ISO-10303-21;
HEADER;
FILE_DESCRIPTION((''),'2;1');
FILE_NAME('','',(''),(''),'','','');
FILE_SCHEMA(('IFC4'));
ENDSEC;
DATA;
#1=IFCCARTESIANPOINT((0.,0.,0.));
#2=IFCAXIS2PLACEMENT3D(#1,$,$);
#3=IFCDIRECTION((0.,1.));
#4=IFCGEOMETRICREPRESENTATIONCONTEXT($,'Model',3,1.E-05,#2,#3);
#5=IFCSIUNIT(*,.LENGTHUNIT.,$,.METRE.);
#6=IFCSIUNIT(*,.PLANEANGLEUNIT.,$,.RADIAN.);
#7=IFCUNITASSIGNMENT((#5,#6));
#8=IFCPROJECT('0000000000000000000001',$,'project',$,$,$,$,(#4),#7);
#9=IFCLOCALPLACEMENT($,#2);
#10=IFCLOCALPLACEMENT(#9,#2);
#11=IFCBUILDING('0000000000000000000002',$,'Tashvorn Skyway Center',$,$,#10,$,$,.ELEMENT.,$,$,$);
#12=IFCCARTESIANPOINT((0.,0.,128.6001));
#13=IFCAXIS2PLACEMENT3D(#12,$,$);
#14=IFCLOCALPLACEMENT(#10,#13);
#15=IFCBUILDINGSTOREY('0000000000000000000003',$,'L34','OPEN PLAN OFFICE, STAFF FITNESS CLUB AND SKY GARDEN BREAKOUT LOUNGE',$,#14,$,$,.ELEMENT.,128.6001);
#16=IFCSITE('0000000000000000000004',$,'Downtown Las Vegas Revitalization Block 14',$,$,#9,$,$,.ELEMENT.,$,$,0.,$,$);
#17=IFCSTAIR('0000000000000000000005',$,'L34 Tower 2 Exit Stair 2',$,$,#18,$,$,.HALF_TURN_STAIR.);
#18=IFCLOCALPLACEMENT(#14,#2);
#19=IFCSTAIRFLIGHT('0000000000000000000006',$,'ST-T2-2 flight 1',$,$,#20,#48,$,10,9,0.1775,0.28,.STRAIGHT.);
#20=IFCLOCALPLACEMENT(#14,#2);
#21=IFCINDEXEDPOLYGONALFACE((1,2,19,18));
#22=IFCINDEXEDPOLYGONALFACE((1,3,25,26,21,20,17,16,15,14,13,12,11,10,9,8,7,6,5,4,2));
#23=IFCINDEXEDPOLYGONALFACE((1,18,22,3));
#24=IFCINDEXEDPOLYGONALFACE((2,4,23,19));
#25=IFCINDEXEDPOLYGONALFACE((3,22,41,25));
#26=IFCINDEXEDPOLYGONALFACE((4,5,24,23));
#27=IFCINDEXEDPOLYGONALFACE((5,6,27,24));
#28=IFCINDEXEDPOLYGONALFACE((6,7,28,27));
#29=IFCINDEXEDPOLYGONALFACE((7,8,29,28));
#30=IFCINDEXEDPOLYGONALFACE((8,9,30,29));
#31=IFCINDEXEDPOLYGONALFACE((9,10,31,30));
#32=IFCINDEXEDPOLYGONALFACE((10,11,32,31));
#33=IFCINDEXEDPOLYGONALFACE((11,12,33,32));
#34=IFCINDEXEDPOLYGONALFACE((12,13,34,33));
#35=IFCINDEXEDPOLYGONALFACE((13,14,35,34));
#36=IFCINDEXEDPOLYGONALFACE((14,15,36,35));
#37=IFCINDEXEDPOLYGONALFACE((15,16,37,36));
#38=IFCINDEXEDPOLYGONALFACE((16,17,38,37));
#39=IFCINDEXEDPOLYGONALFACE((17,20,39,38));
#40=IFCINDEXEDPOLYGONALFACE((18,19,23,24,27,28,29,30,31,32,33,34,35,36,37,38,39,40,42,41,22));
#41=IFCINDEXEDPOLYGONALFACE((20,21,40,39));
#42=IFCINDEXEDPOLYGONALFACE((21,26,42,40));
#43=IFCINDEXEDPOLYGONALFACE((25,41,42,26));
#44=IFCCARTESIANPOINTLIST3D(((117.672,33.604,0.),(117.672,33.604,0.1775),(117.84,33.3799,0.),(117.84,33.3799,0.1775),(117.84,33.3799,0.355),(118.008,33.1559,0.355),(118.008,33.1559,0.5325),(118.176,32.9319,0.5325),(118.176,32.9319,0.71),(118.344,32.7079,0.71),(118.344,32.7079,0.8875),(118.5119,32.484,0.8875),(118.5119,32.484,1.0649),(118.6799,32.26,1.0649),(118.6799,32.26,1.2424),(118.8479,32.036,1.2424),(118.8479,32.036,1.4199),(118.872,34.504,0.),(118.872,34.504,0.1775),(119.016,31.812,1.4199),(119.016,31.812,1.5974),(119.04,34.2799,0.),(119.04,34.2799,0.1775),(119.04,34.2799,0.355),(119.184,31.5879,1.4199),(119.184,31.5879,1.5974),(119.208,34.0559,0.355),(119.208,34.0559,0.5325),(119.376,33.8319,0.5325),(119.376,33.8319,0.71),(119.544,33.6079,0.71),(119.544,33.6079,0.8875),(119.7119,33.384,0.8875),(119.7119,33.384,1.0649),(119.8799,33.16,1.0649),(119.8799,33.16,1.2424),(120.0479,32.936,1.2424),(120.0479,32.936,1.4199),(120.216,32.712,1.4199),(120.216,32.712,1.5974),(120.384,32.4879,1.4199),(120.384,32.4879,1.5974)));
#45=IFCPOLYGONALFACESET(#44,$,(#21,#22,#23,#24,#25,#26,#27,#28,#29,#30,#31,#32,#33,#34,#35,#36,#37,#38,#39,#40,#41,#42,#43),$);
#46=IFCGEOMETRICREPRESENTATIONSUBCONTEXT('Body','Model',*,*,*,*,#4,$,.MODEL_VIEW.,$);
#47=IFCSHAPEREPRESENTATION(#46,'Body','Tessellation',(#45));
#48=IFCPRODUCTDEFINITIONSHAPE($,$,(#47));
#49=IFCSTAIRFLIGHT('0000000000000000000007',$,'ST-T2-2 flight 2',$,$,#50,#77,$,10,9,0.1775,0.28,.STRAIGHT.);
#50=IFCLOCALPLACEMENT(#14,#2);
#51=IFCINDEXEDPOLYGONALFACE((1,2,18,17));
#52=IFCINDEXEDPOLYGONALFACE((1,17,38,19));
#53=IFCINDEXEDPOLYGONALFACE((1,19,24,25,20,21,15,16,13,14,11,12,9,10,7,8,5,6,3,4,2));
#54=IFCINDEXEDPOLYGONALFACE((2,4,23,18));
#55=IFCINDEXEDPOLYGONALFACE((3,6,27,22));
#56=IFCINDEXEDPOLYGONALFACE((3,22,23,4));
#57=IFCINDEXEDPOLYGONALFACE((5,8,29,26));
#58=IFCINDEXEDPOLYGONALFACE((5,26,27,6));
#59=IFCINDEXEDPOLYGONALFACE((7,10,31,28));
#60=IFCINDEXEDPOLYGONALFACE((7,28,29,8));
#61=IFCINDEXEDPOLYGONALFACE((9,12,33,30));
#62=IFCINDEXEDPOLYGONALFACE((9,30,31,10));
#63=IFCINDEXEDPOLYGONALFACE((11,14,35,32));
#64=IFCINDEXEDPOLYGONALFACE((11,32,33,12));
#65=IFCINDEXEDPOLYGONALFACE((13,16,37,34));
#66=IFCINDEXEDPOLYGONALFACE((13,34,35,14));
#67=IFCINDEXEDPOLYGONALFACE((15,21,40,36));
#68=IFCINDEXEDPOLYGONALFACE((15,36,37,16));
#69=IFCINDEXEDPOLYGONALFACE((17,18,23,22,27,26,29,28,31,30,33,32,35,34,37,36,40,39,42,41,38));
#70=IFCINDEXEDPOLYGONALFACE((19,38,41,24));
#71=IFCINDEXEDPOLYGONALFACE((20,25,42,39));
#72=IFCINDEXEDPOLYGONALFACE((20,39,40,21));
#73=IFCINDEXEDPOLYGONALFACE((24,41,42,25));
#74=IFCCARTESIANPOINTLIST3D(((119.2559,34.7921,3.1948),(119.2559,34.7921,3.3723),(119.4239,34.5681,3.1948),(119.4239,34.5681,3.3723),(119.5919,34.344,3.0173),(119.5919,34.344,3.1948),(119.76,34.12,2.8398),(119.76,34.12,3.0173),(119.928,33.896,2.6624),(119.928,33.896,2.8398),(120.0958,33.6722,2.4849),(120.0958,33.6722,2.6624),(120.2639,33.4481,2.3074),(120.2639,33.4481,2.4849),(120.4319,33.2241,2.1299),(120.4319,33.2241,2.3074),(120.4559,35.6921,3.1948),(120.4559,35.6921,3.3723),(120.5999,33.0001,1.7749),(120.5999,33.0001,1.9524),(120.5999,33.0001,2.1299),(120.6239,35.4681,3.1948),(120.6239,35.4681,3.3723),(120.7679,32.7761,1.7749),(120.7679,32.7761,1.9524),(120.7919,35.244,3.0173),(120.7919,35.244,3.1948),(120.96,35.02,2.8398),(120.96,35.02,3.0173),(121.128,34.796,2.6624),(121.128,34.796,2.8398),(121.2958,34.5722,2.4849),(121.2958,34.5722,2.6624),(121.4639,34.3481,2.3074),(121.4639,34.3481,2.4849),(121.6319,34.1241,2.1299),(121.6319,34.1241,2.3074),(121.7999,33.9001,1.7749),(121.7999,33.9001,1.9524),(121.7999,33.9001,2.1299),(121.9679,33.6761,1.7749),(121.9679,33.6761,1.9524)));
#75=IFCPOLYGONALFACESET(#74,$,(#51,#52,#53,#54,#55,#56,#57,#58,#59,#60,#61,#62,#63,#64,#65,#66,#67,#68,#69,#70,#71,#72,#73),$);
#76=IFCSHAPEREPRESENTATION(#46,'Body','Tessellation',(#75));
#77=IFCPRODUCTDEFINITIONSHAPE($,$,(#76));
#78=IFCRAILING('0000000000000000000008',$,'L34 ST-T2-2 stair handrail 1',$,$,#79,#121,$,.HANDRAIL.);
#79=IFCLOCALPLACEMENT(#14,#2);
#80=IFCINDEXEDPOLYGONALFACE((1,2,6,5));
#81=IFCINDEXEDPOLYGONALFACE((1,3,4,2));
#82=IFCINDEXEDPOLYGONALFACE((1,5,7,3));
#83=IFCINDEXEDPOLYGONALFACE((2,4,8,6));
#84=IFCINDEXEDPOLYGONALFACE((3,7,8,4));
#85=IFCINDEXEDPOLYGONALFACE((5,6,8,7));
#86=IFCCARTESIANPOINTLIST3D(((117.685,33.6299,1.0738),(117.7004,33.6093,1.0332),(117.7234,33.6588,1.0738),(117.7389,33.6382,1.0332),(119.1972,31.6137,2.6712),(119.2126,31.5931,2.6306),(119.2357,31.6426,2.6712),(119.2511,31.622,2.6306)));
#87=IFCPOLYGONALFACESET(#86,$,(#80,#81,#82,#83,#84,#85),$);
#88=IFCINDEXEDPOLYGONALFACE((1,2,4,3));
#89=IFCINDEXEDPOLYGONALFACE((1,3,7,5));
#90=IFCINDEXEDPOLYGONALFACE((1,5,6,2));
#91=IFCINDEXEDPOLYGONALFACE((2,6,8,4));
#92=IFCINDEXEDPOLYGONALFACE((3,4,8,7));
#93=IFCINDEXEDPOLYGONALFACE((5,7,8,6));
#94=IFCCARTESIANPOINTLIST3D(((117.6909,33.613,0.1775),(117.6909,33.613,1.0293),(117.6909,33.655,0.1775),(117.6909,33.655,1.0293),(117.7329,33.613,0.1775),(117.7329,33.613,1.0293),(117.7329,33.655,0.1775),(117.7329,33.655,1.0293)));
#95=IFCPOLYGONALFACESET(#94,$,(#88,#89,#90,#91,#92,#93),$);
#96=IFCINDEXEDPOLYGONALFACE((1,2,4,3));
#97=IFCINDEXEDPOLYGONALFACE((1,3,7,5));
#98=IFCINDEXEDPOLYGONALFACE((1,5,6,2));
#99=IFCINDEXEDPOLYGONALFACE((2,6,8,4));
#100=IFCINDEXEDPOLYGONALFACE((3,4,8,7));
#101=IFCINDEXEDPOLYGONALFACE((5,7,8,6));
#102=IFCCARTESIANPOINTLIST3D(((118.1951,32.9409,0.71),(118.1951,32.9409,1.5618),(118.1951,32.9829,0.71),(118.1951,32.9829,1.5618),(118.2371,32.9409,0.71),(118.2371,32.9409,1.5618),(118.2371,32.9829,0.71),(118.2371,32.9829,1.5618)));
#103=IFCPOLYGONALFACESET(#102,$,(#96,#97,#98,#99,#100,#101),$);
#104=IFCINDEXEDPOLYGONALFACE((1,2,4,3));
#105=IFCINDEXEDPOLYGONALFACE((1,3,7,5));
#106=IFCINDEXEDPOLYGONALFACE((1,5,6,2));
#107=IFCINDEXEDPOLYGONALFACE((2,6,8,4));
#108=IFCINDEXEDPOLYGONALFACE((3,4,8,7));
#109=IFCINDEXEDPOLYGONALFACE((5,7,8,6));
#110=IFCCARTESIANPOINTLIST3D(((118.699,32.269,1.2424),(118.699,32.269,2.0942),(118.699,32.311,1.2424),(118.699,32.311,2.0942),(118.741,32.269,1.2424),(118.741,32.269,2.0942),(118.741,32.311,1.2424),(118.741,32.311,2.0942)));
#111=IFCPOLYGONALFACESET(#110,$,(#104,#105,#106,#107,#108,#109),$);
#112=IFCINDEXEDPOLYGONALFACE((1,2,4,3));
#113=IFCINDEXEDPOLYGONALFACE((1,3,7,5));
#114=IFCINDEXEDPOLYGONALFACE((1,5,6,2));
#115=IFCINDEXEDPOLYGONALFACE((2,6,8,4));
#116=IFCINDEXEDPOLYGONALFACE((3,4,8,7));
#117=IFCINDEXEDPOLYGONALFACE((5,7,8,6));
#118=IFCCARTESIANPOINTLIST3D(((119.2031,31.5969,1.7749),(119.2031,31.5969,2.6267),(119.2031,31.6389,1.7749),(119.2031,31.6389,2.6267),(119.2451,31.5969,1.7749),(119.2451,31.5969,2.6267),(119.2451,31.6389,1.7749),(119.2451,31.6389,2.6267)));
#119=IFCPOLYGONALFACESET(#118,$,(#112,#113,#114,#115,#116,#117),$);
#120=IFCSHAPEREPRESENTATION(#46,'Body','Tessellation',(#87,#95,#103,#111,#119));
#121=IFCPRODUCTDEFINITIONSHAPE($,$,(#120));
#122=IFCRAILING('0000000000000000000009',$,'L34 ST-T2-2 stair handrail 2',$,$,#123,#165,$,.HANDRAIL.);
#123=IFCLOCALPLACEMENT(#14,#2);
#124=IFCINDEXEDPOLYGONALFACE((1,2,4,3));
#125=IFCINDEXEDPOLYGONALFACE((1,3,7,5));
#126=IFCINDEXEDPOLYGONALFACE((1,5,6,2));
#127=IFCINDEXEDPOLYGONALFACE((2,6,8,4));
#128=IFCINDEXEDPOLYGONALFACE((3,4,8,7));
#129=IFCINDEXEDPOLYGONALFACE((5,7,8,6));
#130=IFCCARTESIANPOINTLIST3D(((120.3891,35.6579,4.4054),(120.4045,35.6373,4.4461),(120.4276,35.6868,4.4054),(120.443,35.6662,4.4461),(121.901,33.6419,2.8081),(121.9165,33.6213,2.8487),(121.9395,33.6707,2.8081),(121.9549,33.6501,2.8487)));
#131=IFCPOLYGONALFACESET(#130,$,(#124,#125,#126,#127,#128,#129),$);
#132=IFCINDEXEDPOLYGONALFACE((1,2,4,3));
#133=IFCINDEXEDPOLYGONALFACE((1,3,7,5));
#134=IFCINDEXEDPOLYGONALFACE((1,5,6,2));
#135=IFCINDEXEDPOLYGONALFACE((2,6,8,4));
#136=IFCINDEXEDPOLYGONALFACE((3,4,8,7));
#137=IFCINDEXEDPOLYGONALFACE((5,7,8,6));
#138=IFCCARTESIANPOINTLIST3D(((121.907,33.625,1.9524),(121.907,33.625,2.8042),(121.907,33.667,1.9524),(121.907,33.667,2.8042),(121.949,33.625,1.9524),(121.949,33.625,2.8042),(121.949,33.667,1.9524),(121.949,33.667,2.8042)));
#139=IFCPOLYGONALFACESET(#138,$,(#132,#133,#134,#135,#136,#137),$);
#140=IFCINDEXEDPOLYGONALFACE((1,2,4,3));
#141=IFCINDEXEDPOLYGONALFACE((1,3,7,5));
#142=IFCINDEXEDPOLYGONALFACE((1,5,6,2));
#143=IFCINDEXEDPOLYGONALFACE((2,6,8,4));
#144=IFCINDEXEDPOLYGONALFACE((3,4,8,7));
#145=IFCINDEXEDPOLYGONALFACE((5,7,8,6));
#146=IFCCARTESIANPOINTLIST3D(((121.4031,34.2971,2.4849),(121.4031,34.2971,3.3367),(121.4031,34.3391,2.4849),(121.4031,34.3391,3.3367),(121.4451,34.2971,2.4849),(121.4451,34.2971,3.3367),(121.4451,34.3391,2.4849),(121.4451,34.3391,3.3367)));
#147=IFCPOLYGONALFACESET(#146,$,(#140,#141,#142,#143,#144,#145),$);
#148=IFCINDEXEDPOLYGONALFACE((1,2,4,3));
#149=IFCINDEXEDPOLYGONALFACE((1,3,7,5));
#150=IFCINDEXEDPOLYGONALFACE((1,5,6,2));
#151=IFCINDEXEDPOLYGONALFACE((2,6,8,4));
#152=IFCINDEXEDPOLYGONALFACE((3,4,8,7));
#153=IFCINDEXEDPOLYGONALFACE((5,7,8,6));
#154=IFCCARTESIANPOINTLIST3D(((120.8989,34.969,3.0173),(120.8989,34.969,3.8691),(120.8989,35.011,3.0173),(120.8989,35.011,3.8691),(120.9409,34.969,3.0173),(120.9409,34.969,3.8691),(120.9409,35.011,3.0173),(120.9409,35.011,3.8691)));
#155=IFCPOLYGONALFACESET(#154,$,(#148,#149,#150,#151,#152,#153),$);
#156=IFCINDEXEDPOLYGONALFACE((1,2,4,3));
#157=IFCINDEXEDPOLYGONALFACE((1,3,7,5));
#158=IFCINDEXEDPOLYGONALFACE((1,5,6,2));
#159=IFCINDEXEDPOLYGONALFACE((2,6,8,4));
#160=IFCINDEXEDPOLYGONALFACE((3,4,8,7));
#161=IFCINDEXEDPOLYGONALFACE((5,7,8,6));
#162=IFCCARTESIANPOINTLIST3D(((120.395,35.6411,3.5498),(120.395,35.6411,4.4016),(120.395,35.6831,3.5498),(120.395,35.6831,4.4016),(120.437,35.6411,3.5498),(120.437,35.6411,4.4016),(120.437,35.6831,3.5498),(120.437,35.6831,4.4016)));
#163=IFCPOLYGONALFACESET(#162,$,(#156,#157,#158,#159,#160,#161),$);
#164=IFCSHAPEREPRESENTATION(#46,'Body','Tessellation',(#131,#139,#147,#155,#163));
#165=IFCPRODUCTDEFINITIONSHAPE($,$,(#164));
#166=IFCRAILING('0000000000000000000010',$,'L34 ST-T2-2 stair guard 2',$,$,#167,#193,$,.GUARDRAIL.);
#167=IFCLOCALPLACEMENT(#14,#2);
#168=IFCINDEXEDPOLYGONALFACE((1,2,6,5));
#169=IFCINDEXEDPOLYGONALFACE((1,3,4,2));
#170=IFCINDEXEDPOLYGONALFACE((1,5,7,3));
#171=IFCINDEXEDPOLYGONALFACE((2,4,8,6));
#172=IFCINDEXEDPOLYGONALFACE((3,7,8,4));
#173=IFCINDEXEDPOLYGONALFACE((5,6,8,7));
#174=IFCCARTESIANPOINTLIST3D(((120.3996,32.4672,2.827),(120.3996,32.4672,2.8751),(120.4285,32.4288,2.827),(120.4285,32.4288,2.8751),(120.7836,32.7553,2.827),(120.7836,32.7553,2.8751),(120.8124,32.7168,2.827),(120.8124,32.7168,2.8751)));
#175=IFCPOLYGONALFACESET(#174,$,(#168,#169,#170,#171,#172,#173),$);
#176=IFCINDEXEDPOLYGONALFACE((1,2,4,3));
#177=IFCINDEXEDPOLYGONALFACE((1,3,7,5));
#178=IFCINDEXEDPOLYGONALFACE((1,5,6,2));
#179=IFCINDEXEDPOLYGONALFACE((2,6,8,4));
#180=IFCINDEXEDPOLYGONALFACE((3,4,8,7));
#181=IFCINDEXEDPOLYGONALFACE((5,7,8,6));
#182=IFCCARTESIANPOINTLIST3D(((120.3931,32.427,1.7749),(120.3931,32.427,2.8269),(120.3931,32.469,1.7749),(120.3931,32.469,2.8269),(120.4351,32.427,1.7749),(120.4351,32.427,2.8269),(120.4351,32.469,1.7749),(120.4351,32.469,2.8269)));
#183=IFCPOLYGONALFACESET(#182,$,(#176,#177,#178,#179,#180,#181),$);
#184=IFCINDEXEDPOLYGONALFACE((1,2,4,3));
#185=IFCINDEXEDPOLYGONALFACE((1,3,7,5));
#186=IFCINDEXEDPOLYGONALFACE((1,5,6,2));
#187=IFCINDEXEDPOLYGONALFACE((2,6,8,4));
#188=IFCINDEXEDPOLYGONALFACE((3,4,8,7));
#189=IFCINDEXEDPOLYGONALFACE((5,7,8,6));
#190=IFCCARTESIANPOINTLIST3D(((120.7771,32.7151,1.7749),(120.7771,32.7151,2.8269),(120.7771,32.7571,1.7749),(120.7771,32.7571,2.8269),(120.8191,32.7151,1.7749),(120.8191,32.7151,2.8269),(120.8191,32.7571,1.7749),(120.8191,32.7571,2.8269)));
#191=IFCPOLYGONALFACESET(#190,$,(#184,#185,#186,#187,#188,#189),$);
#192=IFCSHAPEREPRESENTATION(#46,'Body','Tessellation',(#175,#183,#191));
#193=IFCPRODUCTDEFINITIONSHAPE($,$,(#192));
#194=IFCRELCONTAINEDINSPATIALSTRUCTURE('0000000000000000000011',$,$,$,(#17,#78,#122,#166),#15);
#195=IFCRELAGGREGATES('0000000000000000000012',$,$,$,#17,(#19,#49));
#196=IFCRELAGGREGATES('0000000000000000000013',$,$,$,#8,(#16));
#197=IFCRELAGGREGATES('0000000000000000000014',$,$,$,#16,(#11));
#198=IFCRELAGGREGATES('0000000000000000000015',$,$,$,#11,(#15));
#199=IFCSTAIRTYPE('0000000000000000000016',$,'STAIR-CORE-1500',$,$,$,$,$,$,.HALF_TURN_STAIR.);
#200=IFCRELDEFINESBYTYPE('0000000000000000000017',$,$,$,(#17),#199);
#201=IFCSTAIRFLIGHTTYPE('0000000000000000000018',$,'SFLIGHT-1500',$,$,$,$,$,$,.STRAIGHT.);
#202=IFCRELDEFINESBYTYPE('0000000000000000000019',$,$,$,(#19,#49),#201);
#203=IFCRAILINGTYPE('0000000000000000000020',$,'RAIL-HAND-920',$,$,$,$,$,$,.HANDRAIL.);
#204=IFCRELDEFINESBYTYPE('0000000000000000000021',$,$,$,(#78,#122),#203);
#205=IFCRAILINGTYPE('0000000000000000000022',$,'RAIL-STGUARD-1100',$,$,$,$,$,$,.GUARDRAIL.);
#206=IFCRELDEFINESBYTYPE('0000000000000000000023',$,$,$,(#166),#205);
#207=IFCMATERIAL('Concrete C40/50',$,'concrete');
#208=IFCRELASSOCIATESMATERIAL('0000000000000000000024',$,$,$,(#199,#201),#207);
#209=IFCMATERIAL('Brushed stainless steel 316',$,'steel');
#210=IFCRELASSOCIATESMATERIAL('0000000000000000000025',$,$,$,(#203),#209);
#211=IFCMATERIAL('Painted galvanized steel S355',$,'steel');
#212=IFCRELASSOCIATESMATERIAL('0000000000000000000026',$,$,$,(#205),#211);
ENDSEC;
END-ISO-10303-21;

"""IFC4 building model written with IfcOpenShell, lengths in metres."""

from ifc_helpers import new_model, si_unit, direction, frame, origin, origin_2d, place, context, subcontext, project, spatial, polyline, rectangle, outline, extrude, material, type_object, element, aggregate, save


model = new_model("IFC4")

# Units and contexts
model_context = context("Model", 3, precision=1e-05, world=origin(), true_north=direction((0.0, 1.0)))
body_context = subcontext(model_context, "Body", "Model", "MODEL_VIEW")
ifc_project = project(units=[si_unit("LENGTHUNIT", "METRE"), si_unit("PLANEANGLEUNIT", "RADIAN")], contexts=[model_context])

# Site, building, storey
site_placement = place(None, origin())
site = spatial("IfcSite", under=ifc_project, at=site_placement, Name="Downtown Las Vegas Revitalization Block 14", CompositionType="ELEMENT", RefElevation=0.0)
building_placement = place(site_placement, origin())
building = spatial("IfcBuilding", under=site, at=building_placement, Name="Tashvorn Skyway Center", CompositionType="ELEMENT")
storey_placement = place(building_placement, frame((0.0, 0.0, 128.6001)))
storey = spatial("IfcBuildingStorey", under=building, at=storey_placement, Name="L34", Description="OPEN PLAN OFFICE, STAFF FITNESS CLUB AND SKY GARDEN BREAKOUT LOUNGE", CompositionType="ELEMENT", Elevation=128.6001)

# Shared definitions
ifc_material_1 = material(Name="Concrete C40/50", Category="concrete")

# Stair, stair flights
stair_type = type_object("IfcStairType", Name="STAIR-CORE-1500", PredefinedType="HALF_TURN_STAIR", material=ifc_material_1)
stair_placement = place(storey_placement, origin())
stair = element("IfcStair", 1, at=stair_placement, inside=storey, type_object=stair_type, Name="L34 Tower 2 Exit Stair 2", PredefinedType="HALF_TURN_STAIR")
stair_flight_type = type_object("IfcStairFlightType", Name="SFLIGHT-1500", PredefinedType="STRAIGHT", material=ifc_material_1)
stair_flight_1_placement = place(storey_placement, frame((118.272, 34.054, 0.0), z_axis=(0.0, 0.0, 1.0), x_axis=(0.6, -0.8, 0.0)))
stair_flight_1 = element("IfcStairFlight", 2, at=stair_flight_1_placement, type_object=stair_flight_type, Name="ST-T2-2 flight 1", NumberOfRisers=10, NumberOfTreads=9, PredefinedType="STRAIGHT", RiserHeight=0.1775, TreadLength=0.28, context=body_context, shape_type="SweptSolid", body=[
    extrude(outline(polyline([(0.0, 0.0), (0.0, 0.1775), (0.28, 0.1775), (0.28, 0.355), (0.5601, 0.355), (0.5601, 0.5325), (0.8401, 0.5325), (0.8401, 0.71), (1.1201, 0.71), (1.1201, 0.8875), (1.3999, 0.8875), (1.3999, 1.0649), (1.6799, 1.0649), (1.6799, 1.2424), (1.96, 1.2424), (1.96, 1.4199), (2.24, 1.4199), (2.24, 1.5974), (2.52, 1.5974), (2.52, 1.7749), (2.52, 1.4199), (0.28, 0.0), (0.0, 0.0)])), frame((0.0, 0.75, 0.0), z_axis=(0.0, -1.0, 0.0), x_axis=(1.0, 0.0, 0.0)), (0.0, 0.0, 1.0), 1.5),
])
stair_flight_2_placement = place(storey_placement, frame((121.3679, 33.2261, 1.7749), z_axis=(0.0, 0.0, 1.0), x_axis=(-0.6, 0.8, 0.0)))
stair_flight_2 = element("IfcStairFlight", 3, at=stair_flight_2_placement, type_object=stair_flight_type, Name="ST-T2-2 flight 2", NumberOfRisers=10, NumberOfTreads=9, PredefinedType="STRAIGHT", RiserHeight=0.1775, TreadLength=0.28, context=body_context, shape_type="SweptSolid", body=[
    extrude(outline(polyline([(0.0, 0.0), (0.0, 0.1775), (0.28, 0.1775), (0.28, 0.355), (0.5601, 0.355), (0.5601, 0.5325), (0.8401, 0.5325), (0.8401, 0.71), (1.1201, 0.71), (1.1201, 0.8875), (1.3999, 0.8875), (1.3999, 1.0649), (1.6799, 1.0649), (1.6799, 1.2424), (1.96, 1.2424), (1.96, 1.4199), (2.24, 1.4199), (2.24, 1.5974), (2.52, 1.5974), (2.52, 1.7749), (2.52, 1.4199), (0.28, 0.0), (0.0, 0.0)])), frame((0.0, 0.75, 0.0), z_axis=(0.0, -1.0, 0.0), x_axis=(1.0, 0.0, 0.0)), (0.0, 0.0, 1.0), 1.5),
])
aggregate(stair, [stair_flight_1, stair_flight_2])

# Railings
ifc_material_2 = material(Name="Brushed stainless steel 316", Category="steel")
railing_type_1 = type_object("IfcRailingType", Name="RAIL-HAND-920", PredefinedType="HANDRAIL", material=ifc_material_2)
railing_1_placement = place(storey_placement, frame((117.7119, 33.634, 0.1775)))
element("IfcRailing", 4, at=railing_1_placement, inside=storey, type_object=railing_type_1, Name="L34 ST-T2-2 stair handrail 1", PredefinedType="HANDRAIL", context=body_context, shape_type="SweptSolid", body=[
    extrude(rectangle(XDim=0.0481, YDim=0.0481, at=origin_2d()), frame((0.0, 0.0, 0.876), z_axis=(0.506802, -0.675681, 0.535357), x_axis=(0.799977, 0.600031, 0.0)), (0.0, 0.0, 1.0), 2.9839),
    extrude(rectangle(XDim=0.042, YDim=0.042, at=origin_2d()), origin(), (0.0, 0.0, 1.0), 0.8518),
    extrude(rectangle(XDim=0.042, YDim=0.042, at=origin_2d()), frame((0.5042, -0.6721, 0.5325)), (0.0, 0.0, 1.0), 0.8518),
    extrude(rectangle(XDim=0.042, YDim=0.042, at=origin_2d()), frame((1.0081, -1.344, 1.0649)), (0.0, 0.0, 1.0), 0.8518),
    extrude(rectangle(XDim=0.042, YDim=0.042, at=origin_2d()), frame((1.5122, -2.0161, 1.5974)), (0.0, 0.0, 1.0), 0.8518),
])
railing_2_placement = place(storey_placement, frame((121.928, 33.646, 1.9524)))
element("IfcRailing", 5, at=railing_2_placement, inside=storey, type_object=railing_type_1, Name="L34 ST-T2-2 stair handrail 2", PredefinedType="HANDRAIL", context=body_context, shape_type="SweptSolid", body=[
    extrude(rectangle(XDim=0.0481, YDim=0.0481, at=origin_2d()), frame((0.0, 0.0, 0.876), z_axis=(-0.506741, 0.675709, 0.535379), x_axis=(-0.800023, -0.599969, 0.0)), (0.0, 0.0, 1.0), 2.9836),
    extrude(rectangle(XDim=0.042, YDim=0.042, at=origin_2d()), origin(), (0.0, 0.0, 1.0), 0.8518),
    extrude(rectangle(XDim=0.042, YDim=0.042, at=origin_2d()), frame((-0.5039, 0.6721, 0.5325)), (0.0, 0.0, 1.0), 0.8518),
    extrude(rectangle(XDim=0.042, YDim=0.042, at=origin_2d()), frame((-1.0081, 1.344, 1.0649)), (0.0, 0.0, 1.0), 0.8518),
    extrude(rectangle(XDim=0.042, YDim=0.042, at=origin_2d()), frame((-1.512, 2.0161, 1.5974)), (0.0, 0.0, 1.0), 0.8518),
])
ifc_material_3 = material(Name="Painted galvanized steel S355", Category="steel")
railing_type_2 = type_object("IfcRailingType", Name="RAIL-STGUARD-1100", PredefinedType="GUARDRAIL", material=ifc_material_3)
railing_3_placement = place(storey_placement, frame((120.4141, 32.448, 1.7749)))
element("IfcRailing", 6, at=railing_3_placement, inside=storey, type_object=railing_type_2, Name="L34 ST-T2-2 stair guard 2", PredefinedType="GUARDRAIL", context=body_context, shape_type="SweptSolid", body=[
    extrude(rectangle(XDim=0.0481, YDim=0.0481, at=origin_2d()), frame((0.0, 0.0, 1.0762), z_axis=(0.799939, 0.600081, 0.0), x_axis=(-0.600081, 0.799939, 0.0)), (0.0, 0.0, 1.0), 0.48),
    extrude(rectangle(XDim=0.042, YDim=0.042, at=origin_2d()), origin(), (0.0, 0.0, 1.0), 1.052),
    extrude(rectangle(XDim=0.042, YDim=0.042, at=origin_2d()), frame((0.384, 0.2881, 0.0)), (0.0, 0.0, 1.0), 1.052),
])

save(model, "model.ifc")
